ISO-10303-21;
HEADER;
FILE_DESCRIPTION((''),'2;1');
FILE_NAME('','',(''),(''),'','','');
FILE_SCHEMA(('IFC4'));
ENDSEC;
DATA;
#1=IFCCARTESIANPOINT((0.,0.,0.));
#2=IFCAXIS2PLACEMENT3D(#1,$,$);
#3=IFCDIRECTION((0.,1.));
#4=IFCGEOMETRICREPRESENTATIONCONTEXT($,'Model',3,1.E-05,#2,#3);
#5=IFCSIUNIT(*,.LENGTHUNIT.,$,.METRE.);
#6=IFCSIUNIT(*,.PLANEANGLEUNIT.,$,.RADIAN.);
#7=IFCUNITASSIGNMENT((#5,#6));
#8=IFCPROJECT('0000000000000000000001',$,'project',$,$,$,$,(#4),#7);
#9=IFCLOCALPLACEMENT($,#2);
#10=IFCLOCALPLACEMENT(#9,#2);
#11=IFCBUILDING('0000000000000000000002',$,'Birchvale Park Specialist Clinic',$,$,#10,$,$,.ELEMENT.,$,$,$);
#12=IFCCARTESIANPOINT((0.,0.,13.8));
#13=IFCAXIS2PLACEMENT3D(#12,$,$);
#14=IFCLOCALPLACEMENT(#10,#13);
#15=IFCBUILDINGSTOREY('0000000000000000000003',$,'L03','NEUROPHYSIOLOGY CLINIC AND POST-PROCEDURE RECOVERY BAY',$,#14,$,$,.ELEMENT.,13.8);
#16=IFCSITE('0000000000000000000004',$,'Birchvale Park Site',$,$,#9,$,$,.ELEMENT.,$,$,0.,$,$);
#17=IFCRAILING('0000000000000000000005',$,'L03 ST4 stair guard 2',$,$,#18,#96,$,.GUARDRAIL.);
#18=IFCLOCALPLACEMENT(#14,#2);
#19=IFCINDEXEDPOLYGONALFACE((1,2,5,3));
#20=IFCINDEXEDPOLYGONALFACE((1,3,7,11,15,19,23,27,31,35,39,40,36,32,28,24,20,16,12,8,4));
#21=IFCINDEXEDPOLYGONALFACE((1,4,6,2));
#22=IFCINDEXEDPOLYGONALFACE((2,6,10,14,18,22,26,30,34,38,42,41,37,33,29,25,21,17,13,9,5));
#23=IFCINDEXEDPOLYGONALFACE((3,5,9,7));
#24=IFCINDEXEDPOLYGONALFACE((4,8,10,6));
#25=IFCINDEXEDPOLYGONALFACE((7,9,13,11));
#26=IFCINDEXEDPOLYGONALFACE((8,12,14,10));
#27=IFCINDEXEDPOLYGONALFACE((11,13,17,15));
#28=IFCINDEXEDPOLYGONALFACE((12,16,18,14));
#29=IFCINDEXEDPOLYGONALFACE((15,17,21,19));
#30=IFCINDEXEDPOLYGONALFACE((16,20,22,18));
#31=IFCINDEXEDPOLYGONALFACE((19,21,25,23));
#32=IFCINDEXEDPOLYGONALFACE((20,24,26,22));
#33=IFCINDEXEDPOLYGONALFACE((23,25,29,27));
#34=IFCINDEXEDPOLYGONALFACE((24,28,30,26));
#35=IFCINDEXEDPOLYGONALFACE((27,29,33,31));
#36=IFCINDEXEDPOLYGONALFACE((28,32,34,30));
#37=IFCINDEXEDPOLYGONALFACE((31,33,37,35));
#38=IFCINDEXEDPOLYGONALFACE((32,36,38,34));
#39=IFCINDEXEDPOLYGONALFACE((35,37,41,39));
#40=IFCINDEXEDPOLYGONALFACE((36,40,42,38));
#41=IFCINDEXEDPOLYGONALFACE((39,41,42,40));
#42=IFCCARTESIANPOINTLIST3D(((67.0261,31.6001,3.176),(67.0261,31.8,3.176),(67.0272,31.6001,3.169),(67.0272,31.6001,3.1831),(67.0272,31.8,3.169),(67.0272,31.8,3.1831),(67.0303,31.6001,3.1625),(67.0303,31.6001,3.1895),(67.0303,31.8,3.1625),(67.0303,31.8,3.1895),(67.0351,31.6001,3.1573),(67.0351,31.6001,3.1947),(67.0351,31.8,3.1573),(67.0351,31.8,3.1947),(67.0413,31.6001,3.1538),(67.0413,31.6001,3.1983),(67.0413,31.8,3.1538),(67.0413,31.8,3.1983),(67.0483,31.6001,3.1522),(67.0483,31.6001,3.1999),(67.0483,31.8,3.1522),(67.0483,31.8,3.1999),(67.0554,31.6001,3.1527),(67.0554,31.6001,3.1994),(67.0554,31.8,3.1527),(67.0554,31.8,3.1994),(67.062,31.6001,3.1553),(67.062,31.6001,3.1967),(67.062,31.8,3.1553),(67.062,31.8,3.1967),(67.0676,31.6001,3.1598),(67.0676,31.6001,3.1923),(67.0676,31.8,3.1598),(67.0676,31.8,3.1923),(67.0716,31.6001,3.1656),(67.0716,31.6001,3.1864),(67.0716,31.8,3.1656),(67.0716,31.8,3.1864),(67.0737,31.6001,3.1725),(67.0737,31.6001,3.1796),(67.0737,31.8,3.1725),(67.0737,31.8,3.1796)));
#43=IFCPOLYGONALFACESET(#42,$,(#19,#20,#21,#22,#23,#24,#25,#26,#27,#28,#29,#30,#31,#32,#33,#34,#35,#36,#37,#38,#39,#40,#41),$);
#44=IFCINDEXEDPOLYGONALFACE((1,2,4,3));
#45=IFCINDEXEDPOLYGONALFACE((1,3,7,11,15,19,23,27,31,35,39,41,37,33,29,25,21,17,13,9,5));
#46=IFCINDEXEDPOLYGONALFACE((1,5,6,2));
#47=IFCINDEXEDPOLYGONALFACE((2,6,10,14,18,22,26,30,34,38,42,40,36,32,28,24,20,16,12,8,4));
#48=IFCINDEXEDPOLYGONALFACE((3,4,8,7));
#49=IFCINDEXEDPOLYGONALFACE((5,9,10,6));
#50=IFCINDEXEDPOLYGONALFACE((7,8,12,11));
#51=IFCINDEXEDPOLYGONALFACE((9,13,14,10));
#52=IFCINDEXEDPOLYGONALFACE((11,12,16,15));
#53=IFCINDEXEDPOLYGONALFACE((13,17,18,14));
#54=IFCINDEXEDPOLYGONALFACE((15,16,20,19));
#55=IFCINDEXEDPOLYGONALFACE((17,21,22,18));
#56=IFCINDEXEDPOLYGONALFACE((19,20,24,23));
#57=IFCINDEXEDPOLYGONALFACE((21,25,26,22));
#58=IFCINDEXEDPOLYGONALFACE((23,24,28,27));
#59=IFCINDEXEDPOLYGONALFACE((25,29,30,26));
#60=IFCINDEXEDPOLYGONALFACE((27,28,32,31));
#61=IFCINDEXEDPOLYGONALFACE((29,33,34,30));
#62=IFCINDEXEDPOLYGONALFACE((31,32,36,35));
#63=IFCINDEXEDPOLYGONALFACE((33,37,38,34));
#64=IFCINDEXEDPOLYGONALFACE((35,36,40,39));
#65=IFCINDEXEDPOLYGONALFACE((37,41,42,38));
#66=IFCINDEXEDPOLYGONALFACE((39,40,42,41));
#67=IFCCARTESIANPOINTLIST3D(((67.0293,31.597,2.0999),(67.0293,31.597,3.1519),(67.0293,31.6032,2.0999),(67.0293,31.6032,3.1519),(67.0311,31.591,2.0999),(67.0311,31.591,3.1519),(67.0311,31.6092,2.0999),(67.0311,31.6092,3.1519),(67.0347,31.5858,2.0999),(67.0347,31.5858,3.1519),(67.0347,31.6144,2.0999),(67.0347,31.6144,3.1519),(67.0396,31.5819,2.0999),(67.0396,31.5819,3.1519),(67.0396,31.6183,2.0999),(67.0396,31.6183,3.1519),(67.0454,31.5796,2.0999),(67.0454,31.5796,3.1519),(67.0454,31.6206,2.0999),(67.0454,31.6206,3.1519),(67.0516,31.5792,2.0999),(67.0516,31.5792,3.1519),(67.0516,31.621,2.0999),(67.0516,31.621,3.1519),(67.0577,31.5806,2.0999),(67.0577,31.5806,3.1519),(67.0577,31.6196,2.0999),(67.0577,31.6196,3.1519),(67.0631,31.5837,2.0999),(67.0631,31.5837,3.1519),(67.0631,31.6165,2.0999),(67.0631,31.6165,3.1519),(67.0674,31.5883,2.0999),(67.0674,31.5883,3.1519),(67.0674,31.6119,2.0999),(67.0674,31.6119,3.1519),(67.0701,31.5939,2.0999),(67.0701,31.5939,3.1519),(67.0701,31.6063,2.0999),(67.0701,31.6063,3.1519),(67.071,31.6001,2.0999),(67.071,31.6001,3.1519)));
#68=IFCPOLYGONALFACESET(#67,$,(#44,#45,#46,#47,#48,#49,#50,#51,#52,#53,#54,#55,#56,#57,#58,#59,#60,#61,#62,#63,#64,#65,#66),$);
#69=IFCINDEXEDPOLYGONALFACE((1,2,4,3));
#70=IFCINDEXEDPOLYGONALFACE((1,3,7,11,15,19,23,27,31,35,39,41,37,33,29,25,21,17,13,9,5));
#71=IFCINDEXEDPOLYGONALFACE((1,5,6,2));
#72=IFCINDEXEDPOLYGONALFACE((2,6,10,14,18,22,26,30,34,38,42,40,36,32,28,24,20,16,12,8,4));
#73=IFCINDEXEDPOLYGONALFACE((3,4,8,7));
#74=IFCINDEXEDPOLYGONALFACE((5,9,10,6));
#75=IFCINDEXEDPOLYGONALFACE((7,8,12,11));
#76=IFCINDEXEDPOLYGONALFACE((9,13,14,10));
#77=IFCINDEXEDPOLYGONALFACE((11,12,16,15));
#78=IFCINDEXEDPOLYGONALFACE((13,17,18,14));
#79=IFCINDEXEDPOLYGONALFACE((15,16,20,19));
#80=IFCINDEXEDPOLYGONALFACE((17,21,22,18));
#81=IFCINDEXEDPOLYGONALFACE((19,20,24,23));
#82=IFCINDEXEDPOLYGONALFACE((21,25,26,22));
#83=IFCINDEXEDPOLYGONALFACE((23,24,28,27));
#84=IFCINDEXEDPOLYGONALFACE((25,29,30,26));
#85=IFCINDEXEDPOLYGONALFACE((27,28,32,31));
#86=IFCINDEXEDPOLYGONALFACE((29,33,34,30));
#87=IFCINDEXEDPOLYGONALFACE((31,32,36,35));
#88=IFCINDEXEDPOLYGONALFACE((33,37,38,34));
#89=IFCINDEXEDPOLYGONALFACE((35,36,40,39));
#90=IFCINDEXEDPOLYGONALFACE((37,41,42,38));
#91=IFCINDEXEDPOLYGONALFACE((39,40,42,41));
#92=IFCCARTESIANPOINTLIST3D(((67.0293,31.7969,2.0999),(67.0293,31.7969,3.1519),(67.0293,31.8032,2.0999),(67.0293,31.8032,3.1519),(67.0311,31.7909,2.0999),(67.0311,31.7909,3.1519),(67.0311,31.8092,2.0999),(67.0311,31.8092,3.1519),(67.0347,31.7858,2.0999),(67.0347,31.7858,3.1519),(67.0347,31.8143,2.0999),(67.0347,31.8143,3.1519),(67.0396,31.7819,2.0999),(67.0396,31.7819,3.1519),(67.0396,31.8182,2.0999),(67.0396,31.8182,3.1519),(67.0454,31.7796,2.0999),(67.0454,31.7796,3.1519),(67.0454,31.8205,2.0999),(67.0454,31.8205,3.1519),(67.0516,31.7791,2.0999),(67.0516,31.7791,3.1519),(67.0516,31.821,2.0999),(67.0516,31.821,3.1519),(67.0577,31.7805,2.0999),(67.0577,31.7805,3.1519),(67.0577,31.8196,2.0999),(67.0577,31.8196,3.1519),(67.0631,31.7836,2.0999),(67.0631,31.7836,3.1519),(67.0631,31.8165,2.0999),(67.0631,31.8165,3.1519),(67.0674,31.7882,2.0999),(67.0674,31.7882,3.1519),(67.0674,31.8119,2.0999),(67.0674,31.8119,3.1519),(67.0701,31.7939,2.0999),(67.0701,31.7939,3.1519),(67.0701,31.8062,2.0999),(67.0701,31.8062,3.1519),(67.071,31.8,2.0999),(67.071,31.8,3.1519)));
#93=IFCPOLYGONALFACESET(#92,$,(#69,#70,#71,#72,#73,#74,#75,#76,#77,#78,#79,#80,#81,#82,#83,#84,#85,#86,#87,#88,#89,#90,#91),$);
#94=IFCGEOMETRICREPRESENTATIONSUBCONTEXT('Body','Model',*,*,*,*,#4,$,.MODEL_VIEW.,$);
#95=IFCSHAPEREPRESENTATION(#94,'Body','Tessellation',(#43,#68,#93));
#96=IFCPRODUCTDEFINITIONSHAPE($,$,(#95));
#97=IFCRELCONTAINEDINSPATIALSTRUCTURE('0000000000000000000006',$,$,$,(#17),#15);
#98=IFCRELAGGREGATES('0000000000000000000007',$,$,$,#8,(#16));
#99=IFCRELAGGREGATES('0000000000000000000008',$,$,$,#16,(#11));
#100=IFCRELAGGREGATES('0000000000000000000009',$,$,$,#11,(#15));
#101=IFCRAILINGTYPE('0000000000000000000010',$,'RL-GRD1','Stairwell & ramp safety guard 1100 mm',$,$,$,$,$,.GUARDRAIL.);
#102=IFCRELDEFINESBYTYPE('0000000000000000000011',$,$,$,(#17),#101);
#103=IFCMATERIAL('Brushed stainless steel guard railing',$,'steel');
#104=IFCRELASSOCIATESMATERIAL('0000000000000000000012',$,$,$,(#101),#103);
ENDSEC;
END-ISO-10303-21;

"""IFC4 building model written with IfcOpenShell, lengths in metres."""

from ifc_helpers import new_model, si_unit, direction, frame, origin, origin_2d, place, context, subcontext, project, spatial, circle, extrude, material, type_object, element, save


model = new_model("IFC4")

# Units and contexts
model_context = context("Model", 3, precision=1e-05, world=origin(), true_north=direction((0.0, 1.0)))
body_context = subcontext(model_context, "Body", "Model", "MODEL_VIEW")
ifc_project = project(units=[si_unit("LENGTHUNIT", "METRE"), si_unit("PLANEANGLEUNIT", "RADIAN")], contexts=[model_context])

# Site, building, storey
site_placement = place(None, origin())
site = spatial("IfcSite", under=ifc_project, at=site_placement, Name="Birchvale Park Site", CompositionType="ELEMENT", RefElevation=0.0)
building_placement = place(site_placement, origin())
building = spatial("IfcBuilding", under=site, at=building_placement, Name="Birchvale Park Specialist Clinic", CompositionType="ELEMENT")
storey_placement = place(building_placement, frame((0.0, 0.0, 13.8)))
storey = spatial("IfcBuildingStorey", under=building, at=storey_placement, Name="L03", Description="NEUROPHYSIOLOGY CLINIC AND POST-PROCEDURE RECOVERY BAY", CompositionType="ELEMENT", Elevation=13.8)

# Railing
ifc_material_1 = material(Name="Brushed stainless steel guard railing", Category="steel")
railing_type = type_object("IfcRailingType", Name="RL-GRD1", Description="Stairwell & ramp safety guard 1100 mm", PredefinedType="GUARDRAIL", material=ifc_material_1)
railing_placement = place(storey_placement, frame((67.05, 31.6001, 2.0999)))
element("IfcRailing", 1, at=railing_placement, inside=storey, type_object=railing_type, Name="L03 ST4 stair guard 2", PredefinedType="GUARDRAIL", context=body_context, shape_type="SweptSolid", body=[
    extrude(circle(Radius=0.0239, at=origin_2d()), frame((0.0, 0.0, 1.0762), z_axis=(0.0, 1.0, 0.0), x_axis=(-1.0, 0.0, 0.0)), (0.0, 0.0, 1.0), 0.2),
    extrude(circle(Radius=0.021, at=origin_2d()), origin(), (0.0, 0.0, 1.0), 1.052),
    extrude(circle(Radius=0.021, at=origin_2d()), frame((0.0, 0.2, 0.0)), (0.0, 0.0, 1.0), 1.052),
])

save(model, "model.ifc")
